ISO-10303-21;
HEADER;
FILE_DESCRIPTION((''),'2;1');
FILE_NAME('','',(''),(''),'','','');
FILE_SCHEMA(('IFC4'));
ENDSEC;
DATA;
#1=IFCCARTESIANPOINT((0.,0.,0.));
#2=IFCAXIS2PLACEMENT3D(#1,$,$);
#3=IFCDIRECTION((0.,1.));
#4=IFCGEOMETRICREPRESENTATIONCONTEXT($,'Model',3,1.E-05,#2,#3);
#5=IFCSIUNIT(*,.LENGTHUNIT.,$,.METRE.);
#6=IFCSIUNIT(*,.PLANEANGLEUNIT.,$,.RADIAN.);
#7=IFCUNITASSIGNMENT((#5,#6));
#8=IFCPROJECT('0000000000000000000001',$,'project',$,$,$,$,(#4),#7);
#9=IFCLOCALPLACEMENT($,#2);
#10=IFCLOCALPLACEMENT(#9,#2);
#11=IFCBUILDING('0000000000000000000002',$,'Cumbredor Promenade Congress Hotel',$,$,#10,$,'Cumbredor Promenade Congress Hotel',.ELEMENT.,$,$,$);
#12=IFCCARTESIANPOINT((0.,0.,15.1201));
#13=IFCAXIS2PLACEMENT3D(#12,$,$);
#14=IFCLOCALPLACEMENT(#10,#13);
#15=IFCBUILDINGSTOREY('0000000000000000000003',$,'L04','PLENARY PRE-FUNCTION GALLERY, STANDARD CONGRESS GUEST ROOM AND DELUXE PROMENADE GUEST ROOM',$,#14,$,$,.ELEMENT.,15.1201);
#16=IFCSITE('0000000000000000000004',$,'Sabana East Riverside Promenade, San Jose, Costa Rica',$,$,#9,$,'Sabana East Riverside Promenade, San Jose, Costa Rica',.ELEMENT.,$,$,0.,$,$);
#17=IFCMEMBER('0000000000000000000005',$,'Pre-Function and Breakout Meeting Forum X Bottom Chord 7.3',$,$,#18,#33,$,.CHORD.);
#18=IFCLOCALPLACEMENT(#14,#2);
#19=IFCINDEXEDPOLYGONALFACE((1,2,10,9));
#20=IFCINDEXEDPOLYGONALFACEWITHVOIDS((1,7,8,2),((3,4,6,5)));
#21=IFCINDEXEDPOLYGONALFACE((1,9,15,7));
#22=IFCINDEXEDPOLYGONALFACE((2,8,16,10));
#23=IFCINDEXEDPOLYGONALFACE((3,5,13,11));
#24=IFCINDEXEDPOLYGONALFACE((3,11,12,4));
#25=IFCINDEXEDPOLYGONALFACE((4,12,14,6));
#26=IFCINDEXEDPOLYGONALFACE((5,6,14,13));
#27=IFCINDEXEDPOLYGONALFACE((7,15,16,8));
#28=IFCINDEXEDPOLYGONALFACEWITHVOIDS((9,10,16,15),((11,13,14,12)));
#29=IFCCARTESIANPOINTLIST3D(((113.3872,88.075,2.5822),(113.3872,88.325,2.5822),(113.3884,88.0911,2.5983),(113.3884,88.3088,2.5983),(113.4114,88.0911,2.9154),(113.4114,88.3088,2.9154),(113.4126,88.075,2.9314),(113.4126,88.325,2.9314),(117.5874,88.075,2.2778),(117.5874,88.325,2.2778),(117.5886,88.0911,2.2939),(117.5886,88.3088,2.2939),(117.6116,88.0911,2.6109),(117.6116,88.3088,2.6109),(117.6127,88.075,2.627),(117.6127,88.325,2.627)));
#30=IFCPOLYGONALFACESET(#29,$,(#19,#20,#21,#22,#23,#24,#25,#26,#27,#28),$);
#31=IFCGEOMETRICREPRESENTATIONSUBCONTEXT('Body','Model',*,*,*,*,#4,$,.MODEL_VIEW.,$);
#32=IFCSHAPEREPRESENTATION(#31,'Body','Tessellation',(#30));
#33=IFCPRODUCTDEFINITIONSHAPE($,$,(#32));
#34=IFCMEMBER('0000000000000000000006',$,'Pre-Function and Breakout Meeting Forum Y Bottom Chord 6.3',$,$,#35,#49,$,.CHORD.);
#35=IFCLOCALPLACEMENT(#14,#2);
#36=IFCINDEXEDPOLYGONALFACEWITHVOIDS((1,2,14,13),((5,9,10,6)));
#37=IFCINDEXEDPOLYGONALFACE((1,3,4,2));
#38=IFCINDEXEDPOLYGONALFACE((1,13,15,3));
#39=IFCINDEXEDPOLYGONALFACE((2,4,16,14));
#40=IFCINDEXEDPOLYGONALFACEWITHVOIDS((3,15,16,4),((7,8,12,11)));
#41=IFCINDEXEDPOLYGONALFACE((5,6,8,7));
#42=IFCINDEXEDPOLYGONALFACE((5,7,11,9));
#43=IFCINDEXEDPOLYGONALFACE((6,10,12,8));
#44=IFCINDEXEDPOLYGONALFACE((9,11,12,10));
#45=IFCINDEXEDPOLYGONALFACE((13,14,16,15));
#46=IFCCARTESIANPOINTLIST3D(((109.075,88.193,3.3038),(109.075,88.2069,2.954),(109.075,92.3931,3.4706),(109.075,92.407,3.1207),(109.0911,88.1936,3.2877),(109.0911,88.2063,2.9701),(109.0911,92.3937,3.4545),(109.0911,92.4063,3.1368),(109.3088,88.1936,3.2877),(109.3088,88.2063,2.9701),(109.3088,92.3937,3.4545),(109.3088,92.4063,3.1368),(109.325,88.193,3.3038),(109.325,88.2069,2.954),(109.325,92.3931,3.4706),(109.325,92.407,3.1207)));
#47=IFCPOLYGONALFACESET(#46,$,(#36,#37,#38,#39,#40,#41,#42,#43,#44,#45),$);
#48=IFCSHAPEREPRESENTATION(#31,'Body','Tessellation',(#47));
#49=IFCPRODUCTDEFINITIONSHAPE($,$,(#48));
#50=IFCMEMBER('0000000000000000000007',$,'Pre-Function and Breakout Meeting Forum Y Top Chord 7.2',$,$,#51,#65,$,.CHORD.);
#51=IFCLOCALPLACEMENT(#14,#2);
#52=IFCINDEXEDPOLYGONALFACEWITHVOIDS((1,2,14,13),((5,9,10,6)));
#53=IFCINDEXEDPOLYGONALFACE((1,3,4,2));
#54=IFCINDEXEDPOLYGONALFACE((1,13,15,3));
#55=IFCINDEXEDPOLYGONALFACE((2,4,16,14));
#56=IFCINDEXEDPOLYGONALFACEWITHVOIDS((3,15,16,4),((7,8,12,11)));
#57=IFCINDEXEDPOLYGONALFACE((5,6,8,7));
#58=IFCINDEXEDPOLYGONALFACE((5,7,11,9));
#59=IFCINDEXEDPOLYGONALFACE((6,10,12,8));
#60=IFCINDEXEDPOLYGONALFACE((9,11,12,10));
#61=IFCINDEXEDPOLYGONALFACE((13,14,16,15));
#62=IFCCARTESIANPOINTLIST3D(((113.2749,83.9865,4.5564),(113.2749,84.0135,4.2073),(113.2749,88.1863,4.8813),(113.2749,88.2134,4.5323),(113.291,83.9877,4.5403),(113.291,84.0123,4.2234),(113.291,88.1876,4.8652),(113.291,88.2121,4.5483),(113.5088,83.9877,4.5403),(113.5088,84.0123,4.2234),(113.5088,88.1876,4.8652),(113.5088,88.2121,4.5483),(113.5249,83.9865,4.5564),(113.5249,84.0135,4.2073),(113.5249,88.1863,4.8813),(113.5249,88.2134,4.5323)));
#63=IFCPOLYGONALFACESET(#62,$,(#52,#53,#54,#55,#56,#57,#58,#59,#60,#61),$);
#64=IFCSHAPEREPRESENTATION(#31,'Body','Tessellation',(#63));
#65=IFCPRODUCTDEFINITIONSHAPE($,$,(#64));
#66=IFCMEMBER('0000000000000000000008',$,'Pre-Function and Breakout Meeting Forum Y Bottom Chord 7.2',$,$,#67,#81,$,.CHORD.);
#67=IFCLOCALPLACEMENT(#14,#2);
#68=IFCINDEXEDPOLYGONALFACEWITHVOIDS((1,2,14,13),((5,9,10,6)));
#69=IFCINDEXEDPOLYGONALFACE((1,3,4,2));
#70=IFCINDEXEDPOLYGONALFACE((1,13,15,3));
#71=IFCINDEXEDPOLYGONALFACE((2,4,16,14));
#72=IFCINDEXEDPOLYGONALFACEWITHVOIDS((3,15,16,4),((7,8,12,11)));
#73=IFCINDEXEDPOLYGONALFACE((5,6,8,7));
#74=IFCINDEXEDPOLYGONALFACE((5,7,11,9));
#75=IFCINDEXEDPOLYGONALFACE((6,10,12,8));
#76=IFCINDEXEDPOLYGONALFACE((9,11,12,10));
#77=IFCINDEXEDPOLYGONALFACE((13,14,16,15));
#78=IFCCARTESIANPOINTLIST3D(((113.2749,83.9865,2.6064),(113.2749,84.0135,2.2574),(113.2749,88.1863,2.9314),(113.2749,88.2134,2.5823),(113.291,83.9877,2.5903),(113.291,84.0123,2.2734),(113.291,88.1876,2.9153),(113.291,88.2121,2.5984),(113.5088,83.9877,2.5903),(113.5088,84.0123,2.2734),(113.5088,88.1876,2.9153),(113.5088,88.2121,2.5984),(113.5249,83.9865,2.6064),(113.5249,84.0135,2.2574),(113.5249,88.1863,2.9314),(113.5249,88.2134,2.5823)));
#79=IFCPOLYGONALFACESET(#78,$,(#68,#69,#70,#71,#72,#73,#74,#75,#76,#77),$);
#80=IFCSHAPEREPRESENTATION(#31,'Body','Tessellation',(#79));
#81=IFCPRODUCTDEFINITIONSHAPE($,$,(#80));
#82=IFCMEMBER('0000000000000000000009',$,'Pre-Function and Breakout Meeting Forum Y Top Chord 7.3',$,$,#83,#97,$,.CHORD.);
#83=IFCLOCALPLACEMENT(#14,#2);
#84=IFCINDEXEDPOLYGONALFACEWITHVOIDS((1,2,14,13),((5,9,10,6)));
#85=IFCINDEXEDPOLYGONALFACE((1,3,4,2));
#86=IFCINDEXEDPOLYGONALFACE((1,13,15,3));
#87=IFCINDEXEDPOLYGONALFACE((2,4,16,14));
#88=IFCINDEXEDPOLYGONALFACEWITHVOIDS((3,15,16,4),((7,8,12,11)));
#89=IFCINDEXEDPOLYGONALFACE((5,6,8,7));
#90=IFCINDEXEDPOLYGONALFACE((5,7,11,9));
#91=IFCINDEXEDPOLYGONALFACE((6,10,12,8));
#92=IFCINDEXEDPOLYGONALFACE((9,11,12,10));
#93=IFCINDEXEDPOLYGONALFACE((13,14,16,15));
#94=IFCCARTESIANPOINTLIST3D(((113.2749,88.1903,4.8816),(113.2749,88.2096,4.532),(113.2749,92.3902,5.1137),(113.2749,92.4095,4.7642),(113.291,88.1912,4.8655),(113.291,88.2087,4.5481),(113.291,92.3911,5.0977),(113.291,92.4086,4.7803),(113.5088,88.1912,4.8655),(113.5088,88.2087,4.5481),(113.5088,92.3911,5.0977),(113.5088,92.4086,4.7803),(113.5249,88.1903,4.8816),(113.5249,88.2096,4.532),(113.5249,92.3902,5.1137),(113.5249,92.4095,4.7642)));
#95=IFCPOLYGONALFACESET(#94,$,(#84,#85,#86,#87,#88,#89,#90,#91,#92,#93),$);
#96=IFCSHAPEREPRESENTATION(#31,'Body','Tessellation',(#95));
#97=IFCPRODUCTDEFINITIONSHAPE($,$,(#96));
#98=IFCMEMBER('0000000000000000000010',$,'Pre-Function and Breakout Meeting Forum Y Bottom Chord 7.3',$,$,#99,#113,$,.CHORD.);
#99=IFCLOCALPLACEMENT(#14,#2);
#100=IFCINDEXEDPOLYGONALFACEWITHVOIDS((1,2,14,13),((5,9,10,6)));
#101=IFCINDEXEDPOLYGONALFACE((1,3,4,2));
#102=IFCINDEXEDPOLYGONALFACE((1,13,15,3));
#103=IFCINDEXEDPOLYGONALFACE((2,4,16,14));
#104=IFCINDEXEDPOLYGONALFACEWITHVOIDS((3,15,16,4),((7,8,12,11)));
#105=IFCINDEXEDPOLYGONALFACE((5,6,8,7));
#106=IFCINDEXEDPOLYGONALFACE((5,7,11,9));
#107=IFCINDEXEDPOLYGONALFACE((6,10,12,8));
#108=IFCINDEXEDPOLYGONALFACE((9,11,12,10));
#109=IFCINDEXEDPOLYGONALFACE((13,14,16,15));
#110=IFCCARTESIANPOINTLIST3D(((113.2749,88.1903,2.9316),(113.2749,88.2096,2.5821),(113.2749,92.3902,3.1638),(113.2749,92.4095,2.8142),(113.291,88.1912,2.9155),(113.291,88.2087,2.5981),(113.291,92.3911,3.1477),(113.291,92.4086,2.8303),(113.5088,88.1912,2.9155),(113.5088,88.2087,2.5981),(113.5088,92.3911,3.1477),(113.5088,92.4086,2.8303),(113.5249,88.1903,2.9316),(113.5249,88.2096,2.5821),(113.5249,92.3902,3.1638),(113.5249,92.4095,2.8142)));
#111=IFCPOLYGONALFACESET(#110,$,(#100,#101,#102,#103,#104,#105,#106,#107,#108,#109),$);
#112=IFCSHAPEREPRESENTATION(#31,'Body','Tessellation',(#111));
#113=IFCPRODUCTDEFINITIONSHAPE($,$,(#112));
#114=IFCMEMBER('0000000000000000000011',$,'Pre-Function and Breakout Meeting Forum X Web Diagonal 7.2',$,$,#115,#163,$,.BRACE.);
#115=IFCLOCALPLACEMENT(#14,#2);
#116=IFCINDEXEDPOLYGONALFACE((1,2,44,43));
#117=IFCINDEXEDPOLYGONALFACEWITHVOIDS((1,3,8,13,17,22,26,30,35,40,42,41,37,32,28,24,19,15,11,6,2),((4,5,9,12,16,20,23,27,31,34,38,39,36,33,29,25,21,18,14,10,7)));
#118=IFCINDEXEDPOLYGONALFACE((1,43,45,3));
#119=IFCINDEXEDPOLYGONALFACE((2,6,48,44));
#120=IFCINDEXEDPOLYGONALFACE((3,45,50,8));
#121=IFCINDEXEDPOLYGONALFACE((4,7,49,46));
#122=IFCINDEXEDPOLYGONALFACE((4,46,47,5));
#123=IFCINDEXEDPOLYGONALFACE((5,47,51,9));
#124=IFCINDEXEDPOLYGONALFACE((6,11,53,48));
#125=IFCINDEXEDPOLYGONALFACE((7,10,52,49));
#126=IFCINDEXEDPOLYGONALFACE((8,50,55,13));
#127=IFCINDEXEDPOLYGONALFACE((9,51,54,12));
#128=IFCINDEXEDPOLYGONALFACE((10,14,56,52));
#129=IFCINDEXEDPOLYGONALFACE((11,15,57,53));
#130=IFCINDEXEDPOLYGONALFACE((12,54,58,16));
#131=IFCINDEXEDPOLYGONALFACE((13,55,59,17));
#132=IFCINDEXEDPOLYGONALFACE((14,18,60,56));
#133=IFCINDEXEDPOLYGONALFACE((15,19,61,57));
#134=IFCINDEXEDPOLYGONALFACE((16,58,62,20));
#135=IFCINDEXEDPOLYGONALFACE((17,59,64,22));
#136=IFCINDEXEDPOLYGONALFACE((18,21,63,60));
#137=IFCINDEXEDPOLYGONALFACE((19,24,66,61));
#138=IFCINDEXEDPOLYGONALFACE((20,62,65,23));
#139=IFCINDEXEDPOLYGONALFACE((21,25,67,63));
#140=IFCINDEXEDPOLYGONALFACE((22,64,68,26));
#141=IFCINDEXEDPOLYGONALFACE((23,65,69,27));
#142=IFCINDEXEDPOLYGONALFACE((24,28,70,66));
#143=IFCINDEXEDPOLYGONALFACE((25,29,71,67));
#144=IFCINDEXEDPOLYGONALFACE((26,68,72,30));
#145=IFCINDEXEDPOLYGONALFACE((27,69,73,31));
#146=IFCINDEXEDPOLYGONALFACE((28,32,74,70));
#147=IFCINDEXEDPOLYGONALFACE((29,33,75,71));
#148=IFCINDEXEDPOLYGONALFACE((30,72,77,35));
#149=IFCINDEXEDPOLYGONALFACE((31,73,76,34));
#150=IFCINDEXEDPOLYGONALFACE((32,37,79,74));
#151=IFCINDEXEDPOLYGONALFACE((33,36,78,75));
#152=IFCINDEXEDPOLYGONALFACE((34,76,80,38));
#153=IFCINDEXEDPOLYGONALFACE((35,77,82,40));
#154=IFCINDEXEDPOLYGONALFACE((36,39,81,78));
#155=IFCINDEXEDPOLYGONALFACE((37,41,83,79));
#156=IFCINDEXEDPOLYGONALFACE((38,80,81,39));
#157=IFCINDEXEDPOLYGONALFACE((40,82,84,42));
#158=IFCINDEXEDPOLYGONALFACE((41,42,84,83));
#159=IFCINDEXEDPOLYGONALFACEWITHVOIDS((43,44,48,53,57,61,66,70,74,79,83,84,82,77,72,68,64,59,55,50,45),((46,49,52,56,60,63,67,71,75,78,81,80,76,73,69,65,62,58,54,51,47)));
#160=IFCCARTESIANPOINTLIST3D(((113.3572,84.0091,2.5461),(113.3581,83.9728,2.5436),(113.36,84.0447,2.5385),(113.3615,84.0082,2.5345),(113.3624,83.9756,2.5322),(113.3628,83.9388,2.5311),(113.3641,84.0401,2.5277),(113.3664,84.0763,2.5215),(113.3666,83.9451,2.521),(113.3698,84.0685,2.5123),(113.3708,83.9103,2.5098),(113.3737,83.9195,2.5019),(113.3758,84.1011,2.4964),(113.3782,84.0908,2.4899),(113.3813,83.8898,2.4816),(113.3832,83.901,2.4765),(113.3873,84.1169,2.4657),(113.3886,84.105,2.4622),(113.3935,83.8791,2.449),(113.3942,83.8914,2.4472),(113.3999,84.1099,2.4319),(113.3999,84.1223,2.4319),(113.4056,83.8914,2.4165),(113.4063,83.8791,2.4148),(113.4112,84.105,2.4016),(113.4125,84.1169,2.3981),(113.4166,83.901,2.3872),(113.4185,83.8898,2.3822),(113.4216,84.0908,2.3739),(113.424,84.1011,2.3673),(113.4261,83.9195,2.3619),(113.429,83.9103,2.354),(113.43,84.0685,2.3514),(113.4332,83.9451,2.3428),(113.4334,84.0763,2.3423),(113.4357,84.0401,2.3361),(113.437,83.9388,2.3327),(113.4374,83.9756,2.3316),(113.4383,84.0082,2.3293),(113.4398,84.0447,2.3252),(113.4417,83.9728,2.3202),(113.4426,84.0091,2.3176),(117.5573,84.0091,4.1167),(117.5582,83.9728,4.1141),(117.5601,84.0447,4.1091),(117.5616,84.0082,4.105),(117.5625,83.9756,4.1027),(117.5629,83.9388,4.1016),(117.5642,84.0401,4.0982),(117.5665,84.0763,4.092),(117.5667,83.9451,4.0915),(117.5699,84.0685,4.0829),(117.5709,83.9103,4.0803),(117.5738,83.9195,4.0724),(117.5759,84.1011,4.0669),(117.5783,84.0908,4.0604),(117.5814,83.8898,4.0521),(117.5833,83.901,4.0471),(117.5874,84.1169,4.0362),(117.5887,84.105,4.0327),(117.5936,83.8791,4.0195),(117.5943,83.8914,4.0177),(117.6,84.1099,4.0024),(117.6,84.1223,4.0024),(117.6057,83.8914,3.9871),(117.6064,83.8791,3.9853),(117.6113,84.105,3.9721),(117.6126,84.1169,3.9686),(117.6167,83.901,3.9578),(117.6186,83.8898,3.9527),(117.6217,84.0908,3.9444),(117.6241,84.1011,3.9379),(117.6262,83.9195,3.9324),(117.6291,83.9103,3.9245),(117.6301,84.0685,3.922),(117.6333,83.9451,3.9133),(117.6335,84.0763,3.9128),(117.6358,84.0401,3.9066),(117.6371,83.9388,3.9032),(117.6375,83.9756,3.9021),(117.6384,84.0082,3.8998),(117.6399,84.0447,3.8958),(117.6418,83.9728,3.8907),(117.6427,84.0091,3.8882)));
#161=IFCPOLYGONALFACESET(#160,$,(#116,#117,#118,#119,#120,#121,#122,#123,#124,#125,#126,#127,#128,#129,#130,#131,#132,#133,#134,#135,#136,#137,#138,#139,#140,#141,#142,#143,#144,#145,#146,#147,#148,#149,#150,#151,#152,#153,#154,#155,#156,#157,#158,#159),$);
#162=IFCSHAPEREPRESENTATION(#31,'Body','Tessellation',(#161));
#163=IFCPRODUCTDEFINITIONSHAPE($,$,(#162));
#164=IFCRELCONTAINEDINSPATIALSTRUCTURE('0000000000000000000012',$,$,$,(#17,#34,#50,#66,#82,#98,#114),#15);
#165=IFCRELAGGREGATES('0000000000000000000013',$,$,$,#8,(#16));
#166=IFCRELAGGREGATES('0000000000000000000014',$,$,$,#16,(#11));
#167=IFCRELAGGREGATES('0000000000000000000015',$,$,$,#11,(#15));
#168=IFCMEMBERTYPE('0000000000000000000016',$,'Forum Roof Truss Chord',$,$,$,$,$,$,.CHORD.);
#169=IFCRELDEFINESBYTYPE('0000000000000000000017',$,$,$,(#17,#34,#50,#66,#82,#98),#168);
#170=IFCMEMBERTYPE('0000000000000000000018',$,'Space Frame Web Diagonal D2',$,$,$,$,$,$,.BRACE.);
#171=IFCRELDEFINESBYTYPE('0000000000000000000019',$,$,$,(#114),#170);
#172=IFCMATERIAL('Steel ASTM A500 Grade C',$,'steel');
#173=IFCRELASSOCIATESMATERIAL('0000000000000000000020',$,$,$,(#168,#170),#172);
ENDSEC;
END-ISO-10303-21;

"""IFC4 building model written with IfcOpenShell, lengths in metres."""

from ifc_helpers import new_model, si_unit, direction, frame, origin, origin_2d, place, context, subcontext, project, spatial, hollow_rectangle, hollow_circle, extrude, material, material_profile, profile_set, type_object, element, save


model = new_model("IFC4")

# Units and contexts
model_context = context("Model", 3, precision=1e-05, world=origin(), true_north=direction((0.0, 1.0)))
body_context = subcontext(model_context, "Body", "Model", "MODEL_VIEW")
ifc_project = project(units=[si_unit("LENGTHUNIT", "METRE"), si_unit("PLANEANGLEUNIT", "RADIAN")], contexts=[model_context])

# Site, building, storey
site_placement = place(None, origin())
site = spatial("IfcSite", under=ifc_project, at=site_placement, Name="Sabana East Riverside Promenade, San Jose, Costa Rica", LongName="Sabana East Riverside Promenade, San Jose, Costa Rica", CompositionType="ELEMENT", RefElevation=0.0)
building_placement = place(site_placement, origin())
building = spatial("IfcBuilding", under=site, at=building_placement, Name="Cumbredor Promenade Congress Hotel", LongName="Cumbredor Promenade Congress Hotel", CompositionType="ELEMENT")
storey_placement = place(building_placement, frame((0.0, 0.0, 15.1201)))
storey = spatial("IfcBuildingStorey", under=building, at=storey_placement, Name="L04", Description="PLENARY PRE-FUNCTION GALLERY, STANDARD CONGRESS GUEST ROOM AND DELUXE PROMENADE GUEST ROOM", CompositionType="ELEMENT", Elevation=15.1201)

# Members
ifc_material_1 = material(Name="Steel ASTM A500 Grade C", Category="steel")
ifc_material_profile_1 = material_profile(ifc_material_1, hollow_rectangle(XDim=0.25, YDim=0.3501, WallThickness=0.0161, at=origin_2d()), Name="HSS 350x250x16")
ifc_profile_set_1 = profile_set([ifc_material_profile_1], Name="Steel ASTM A500 Grade C")
member_type_1 = type_object("IfcMemberType", Name="Forum Roof Truss Chord", PredefinedType="CHORD", material=ifc_profile_set_1)
for number, where, z_axis, x_axis, name in (
    (1, (113.3999, 88.2, 2.7568), (0.997383, 0.0, -0.072293), (0.0, 1.0, 0.0), "Pre-Function and Breakout Meeting Forum X Bottom Chord 7.3"),
):
    element("IfcMember", number, at=place(storey_placement, frame(where, z_axis=z_axis, x_axis=x_axis)), inside=storey, type_object=member_type_1, Name=name, PredefinedType="CHORD", context=body_context, shape_type="SweptSolid", body=[
        extrude(hollow_rectangle(XDim=0.25, YDim=0.3501, WallThickness=0.0161, at=origin_2d()), origin(), (0.0, 0.0, 1.0), 4.2112),
    ])
member_1_placement = place(storey_placement, frame((109.2, 88.2, 3.1289), z_axis=(0.0, 0.999213, 0.039671), x_axis=(-1.0, 0.0, 0.0)))
element("IfcMember", 2, at=member_1_placement, inside=storey, type_object=member_type_1, Name="Pre-Function and Breakout Meeting Forum Y Bottom Chord 6.3", PredefinedType="CHORD", context=body_context, shape_type="SweptSolid", body=[
    extrude(hollow_rectangle(XDim=0.25, YDim=0.3501, WallThickness=0.0161, at=origin_2d()), origin(), (0.0, 0.0, 1.0), 4.2034),
])
for number, where, z_axis, x_axis, name in (
    (3, (113.3999, 84.0, 4.3818), (0.0, 0.99702, 0.07714), (-1.0, 0.0, 0.0), "Pre-Function and Breakout Meeting Forum Y Top Chord 7.2"),
    (4, (113.3999, 84.0, 2.4319), (0.0, 0.99702, 0.07714), (-1.0, 0.0, 0.0), "Pre-Function and Breakout Meeting Forum Y Bottom Chord 7.2"),
):
    element("IfcMember", number, at=place(storey_placement, frame(where, z_axis=z_axis, x_axis=x_axis)), inside=storey, type_object=member_type_1, Name=name, PredefinedType="CHORD", context=body_context, shape_type="SweptSolid", body=[
        extrude(hollow_rectangle(XDim=0.25, YDim=0.3501, WallThickness=0.0161, at=origin_2d()), origin(), (0.0, 0.0, 1.0), 4.2124),
    ])
for number, where, z_axis, x_axis, name in (
    (5, (113.3999, 88.2, 4.7068), (0.0, 0.998475, 0.055197), (-1.0, 0.0, 0.0), "Pre-Function and Breakout Meeting Forum Y Top Chord 7.3"),
    (6, (113.3999, 88.2, 2.7568), (0.0, 0.998475, 0.055197), (-1.0, 0.0, 0.0), "Pre-Function and Breakout Meeting Forum Y Bottom Chord 7.3"),
):
    element("IfcMember", number, at=place(storey_placement, frame(where, z_axis=z_axis, x_axis=x_axis)), inside=storey, type_object=member_type_1, Name=name, PredefinedType="CHORD", context=body_context, shape_type="SweptSolid", body=[
        extrude(hollow_rectangle(XDim=0.25, YDim=0.3501, WallThickness=0.0161, at=origin_2d()), origin(), (0.0, 0.0, 1.0), 4.2063),
    ])
ifc_material_profile_2 = material_profile(ifc_material_1, hollow_circle(Radius=0.1223, WallThickness=0.0125, at=origin_2d()), Name="CHS 244.5x12.5")
ifc_profile_set_2 = profile_set([ifc_material_profile_2], Name="Steel ASTM A500 Grade C")
member_type_2 = type_object("IfcMemberType", Name="Space Frame Web Diagonal D2", PredefinedType="BRACE", material=ifc_profile_set_2)
member_2_placement = place(storey_placement, frame((113.3999, 84.0, 2.4319), z_axis=(0.93666, 0.0, 0.35024), x_axis=(0.0, 1.0, 0.0)))
element("IfcMember", 7, at=member_2_placement, inside=storey, type_object=member_type_2, Name="Pre-Function and Breakout Meeting Forum X Web Diagonal 7.2", PredefinedType="BRACE", context=body_context, shape_type="SweptSolid", body=[
    extrude(hollow_circle(Radius=0.1223, WallThickness=0.0125, at=origin_2d()), origin(), (0.0, 0.0, 1.0), 4.4841),
])

save(model, "model.ifc")
